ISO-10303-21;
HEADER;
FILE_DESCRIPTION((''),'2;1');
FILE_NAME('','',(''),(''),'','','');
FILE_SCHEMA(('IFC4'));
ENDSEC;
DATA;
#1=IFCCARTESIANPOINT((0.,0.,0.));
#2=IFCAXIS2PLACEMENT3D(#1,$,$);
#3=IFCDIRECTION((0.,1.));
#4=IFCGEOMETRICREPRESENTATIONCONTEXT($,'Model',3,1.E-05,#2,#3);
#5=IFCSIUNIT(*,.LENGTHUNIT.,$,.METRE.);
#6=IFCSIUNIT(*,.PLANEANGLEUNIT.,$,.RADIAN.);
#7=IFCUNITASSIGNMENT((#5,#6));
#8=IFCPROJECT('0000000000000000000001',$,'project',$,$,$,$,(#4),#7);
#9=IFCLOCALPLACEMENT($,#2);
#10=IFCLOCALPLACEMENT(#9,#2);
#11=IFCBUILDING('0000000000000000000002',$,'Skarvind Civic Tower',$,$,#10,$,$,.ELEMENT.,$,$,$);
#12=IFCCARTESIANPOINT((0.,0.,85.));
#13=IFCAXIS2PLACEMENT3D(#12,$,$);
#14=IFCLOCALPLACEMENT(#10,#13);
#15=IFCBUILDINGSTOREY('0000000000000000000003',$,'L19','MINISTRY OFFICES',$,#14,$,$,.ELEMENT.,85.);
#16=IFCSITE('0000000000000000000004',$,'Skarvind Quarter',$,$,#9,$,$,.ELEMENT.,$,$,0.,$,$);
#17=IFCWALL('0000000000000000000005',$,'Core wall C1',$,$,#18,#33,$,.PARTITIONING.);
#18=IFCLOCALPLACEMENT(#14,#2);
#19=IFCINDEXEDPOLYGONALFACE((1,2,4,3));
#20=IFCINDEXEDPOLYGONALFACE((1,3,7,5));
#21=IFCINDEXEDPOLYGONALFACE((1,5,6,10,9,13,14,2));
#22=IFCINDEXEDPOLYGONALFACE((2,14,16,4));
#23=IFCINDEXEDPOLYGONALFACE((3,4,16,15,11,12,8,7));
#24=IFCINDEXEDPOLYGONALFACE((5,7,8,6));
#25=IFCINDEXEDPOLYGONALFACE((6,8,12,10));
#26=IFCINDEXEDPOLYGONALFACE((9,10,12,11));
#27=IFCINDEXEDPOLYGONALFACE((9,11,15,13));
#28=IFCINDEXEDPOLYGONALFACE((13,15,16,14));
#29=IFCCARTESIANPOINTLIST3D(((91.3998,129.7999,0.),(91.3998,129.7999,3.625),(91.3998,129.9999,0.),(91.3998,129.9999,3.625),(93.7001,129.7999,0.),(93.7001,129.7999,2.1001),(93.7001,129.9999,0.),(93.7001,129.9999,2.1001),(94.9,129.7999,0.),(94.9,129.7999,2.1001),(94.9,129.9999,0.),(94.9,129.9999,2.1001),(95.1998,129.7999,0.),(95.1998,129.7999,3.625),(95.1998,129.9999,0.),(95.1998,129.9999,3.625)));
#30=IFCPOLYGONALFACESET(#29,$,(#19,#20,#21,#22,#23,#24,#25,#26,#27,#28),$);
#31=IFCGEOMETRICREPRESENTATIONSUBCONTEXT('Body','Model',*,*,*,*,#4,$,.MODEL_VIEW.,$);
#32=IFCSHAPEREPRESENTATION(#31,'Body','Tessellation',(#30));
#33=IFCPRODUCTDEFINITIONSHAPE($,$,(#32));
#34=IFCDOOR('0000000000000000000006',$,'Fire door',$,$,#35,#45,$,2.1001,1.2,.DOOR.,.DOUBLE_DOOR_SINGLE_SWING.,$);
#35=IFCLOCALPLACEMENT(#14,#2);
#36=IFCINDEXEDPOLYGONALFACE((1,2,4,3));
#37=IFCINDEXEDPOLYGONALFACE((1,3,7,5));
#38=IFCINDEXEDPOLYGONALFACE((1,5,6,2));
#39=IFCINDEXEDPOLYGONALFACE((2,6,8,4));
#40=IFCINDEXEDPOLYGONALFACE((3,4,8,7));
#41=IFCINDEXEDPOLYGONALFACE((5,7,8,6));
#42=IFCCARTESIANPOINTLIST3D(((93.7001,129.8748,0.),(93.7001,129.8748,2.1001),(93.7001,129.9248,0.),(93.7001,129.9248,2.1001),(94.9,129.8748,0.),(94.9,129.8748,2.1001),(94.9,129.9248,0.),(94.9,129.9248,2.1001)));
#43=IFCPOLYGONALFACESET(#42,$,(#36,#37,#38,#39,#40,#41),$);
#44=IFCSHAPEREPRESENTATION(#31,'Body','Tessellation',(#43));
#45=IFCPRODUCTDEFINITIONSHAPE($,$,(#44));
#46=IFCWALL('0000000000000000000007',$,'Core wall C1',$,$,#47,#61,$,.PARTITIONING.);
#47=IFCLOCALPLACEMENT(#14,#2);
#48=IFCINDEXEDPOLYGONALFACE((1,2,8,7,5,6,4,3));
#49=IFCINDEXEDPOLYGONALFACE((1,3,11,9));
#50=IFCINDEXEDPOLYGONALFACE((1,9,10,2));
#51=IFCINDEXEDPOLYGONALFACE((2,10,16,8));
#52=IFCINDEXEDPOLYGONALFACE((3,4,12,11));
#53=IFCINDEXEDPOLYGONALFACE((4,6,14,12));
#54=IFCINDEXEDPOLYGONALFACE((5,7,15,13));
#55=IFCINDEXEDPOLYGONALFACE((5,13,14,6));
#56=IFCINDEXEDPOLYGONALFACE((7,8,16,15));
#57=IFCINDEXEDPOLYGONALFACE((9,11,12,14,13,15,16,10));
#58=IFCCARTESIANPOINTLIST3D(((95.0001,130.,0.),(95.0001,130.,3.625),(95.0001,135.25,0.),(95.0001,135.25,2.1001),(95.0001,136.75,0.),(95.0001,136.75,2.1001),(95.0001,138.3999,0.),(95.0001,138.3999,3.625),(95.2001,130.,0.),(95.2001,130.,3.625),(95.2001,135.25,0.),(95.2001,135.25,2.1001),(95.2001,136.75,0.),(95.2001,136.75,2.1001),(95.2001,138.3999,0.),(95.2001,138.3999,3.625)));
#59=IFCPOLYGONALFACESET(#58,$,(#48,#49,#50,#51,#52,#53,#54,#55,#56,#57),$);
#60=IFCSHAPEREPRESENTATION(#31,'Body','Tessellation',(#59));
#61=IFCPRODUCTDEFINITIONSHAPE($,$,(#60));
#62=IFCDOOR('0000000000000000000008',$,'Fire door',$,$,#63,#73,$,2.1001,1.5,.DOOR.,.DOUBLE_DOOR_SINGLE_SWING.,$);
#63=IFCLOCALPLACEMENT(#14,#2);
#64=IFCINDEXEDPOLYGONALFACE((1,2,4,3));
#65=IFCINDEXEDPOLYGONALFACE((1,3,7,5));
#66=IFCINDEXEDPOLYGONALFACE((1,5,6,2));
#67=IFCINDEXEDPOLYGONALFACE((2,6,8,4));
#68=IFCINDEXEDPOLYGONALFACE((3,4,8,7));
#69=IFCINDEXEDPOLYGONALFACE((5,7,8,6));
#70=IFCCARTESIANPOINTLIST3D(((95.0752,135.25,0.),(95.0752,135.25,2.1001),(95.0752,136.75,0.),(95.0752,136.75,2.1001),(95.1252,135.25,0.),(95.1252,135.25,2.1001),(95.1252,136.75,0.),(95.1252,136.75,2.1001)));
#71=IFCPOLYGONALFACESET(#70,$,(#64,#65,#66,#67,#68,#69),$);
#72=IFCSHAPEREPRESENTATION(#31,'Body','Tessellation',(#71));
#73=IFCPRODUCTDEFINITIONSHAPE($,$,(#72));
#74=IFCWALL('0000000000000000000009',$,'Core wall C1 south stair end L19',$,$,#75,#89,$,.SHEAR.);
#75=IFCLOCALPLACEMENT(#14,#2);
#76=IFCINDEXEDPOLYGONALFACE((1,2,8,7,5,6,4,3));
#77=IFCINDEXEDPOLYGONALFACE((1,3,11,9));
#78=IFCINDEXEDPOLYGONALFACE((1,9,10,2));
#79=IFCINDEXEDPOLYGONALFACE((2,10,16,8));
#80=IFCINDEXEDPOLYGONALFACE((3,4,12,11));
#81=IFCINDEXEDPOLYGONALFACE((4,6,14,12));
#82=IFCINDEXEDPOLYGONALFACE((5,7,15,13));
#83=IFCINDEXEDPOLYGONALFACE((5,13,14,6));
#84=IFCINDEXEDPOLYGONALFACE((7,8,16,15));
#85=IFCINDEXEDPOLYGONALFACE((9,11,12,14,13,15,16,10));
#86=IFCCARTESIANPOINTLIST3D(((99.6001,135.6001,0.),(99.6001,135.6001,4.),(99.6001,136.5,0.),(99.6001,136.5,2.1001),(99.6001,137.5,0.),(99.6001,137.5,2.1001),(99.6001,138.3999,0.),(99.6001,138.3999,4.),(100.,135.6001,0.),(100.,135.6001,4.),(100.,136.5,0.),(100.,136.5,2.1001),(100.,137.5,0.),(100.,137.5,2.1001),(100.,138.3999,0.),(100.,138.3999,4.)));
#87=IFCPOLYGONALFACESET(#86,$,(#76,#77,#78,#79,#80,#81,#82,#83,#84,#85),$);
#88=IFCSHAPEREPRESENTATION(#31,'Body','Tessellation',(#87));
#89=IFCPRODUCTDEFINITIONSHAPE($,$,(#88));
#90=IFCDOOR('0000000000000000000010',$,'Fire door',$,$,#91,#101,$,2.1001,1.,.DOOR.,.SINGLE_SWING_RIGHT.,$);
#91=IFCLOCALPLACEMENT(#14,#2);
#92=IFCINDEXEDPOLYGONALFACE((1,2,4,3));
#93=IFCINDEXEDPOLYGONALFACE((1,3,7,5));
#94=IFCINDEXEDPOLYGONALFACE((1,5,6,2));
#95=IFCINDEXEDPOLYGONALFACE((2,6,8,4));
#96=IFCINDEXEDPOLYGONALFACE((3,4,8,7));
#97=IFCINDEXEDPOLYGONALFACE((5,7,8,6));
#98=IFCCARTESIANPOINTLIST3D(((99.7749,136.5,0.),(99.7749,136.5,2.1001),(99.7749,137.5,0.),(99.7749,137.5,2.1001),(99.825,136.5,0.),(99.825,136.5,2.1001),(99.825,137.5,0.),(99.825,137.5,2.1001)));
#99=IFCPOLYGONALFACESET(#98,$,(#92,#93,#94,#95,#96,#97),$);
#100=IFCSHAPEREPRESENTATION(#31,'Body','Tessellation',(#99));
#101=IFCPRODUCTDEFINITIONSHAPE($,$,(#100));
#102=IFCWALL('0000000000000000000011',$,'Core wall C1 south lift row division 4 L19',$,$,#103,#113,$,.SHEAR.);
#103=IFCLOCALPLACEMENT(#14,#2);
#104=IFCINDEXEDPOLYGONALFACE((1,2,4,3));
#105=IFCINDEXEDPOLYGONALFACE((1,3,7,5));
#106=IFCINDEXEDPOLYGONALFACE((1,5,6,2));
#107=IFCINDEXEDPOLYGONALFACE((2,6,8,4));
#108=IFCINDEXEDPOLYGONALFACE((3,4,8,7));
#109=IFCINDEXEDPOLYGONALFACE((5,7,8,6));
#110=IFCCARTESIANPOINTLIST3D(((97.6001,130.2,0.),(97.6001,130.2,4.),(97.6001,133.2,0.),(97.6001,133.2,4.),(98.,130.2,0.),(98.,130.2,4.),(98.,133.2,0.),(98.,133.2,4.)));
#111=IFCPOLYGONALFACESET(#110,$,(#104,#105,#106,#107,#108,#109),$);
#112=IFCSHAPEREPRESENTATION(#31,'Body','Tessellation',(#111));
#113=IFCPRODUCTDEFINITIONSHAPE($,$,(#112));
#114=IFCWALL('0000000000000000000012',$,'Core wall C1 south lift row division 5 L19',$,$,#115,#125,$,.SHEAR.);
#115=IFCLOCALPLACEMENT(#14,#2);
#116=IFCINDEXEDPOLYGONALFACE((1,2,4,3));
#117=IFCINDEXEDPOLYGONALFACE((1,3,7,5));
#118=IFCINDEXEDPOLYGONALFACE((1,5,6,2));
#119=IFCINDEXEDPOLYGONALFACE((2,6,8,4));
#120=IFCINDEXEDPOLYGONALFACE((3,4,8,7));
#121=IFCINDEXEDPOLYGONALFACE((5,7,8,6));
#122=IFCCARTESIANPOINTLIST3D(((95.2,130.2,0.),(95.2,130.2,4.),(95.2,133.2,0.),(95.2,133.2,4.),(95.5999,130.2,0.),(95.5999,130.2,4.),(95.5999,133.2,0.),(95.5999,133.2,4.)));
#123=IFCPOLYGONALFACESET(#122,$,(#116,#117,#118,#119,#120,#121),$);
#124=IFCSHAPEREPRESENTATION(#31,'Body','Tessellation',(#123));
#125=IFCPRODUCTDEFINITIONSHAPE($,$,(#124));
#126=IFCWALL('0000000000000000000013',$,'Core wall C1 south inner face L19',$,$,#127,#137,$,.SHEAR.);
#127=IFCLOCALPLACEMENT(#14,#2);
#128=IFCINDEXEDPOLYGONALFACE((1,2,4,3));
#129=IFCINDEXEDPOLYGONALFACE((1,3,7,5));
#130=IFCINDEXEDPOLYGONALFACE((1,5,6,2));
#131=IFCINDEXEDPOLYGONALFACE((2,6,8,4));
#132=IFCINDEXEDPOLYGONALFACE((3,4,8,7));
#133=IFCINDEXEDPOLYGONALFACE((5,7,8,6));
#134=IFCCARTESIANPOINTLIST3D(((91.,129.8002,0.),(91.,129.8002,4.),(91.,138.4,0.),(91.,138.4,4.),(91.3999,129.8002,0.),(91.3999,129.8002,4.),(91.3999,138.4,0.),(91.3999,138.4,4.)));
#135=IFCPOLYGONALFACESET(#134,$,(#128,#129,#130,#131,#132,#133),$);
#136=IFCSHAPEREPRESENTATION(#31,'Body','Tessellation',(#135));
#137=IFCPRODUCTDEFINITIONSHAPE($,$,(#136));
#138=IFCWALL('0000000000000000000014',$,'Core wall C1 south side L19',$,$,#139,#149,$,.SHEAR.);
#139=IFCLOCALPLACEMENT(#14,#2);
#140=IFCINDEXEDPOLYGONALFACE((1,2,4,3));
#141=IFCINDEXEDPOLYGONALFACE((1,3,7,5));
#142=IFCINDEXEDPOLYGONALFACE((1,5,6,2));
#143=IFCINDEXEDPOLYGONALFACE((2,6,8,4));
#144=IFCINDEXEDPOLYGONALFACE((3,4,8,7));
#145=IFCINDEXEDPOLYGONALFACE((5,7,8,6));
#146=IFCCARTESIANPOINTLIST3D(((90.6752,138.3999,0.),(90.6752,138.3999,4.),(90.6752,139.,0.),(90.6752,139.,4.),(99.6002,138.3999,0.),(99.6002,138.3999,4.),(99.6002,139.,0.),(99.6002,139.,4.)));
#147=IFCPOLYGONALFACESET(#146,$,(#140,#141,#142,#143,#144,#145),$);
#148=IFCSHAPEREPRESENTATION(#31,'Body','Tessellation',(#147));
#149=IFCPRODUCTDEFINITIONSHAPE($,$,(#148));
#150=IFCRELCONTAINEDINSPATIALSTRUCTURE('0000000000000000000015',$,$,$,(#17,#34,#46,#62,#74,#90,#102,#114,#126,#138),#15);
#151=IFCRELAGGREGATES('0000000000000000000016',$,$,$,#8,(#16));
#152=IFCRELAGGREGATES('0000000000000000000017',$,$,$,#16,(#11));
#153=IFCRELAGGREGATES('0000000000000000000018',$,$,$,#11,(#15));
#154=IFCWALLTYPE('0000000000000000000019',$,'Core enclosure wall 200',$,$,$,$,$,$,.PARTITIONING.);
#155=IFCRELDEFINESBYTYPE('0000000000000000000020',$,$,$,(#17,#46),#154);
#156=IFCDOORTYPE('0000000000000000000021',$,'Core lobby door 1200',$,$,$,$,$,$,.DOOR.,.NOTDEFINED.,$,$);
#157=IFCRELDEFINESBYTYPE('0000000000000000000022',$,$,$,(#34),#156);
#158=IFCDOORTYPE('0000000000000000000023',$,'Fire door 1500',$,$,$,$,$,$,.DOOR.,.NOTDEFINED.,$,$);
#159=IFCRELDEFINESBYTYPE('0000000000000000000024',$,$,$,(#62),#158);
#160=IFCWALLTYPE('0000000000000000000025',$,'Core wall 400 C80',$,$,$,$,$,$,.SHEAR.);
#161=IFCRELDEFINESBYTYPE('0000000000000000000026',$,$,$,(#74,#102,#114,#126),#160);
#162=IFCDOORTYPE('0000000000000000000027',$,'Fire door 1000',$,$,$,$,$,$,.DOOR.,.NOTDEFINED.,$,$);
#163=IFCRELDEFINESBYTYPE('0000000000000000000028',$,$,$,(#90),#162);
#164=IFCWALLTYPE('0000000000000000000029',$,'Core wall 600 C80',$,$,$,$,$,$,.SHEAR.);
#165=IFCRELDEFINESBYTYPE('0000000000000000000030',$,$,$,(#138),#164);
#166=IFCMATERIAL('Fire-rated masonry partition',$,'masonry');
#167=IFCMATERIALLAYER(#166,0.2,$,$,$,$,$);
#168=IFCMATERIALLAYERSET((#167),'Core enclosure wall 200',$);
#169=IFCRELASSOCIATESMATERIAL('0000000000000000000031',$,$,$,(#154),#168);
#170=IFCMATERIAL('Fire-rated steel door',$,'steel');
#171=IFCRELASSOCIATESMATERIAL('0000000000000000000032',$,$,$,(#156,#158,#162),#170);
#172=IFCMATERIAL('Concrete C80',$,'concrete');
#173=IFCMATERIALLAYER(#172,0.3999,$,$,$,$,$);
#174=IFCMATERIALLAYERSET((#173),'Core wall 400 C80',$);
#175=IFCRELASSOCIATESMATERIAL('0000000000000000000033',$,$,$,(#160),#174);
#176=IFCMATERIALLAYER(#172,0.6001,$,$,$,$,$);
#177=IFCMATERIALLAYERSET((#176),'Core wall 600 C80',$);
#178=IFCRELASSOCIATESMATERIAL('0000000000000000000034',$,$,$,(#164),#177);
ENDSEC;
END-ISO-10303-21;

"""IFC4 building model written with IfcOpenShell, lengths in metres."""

from ifc_helpers import new_model, si_unit, direction, frame, frame_2d, origin, place, context, subcontext, project, spatial, rectangle, extrude, material, layer, layer_set, type_object, element, fill, save


model = new_model("IFC4")

# Units and contexts
model_context = context("Model", 3, precision=1e-05, world=origin(), true_north=direction((0.0, 1.0)))
body_context = subcontext(model_context, "Body", "Model", "MODEL_VIEW")
ifc_project = project(units=[si_unit("LENGTHUNIT", "METRE"), si_unit("PLANEANGLEUNIT", "RADIAN")], contexts=[model_context])

# Site, building, storey
site_placement = place(None, origin())
site = spatial("IfcSite", under=ifc_project, at=site_placement, Name="Skarvind Quarter", CompositionType="ELEMENT", RefElevation=0.0)
building_placement = place(site_placement, origin())
building = spatial("IfcBuilding", under=site, at=building_placement, Name="Skarvind Civic Tower", CompositionType="ELEMENT")
storey_placement = place(building_placement, frame((0.0, 0.0, 85.0)))
storey = spatial("IfcBuildingStorey", under=building, at=storey_placement, Name="L19", Description="MINISTRY OFFICES", CompositionType="ELEMENT", Elevation=85.0)

# Walls, openings, doors
ifc_material_1 = material(Name="Fire-rated masonry partition", Category="masonry")
ifc_layer_1 = layer(ifc_material_1, 0.2)
ifc_layer_set_1 = layer_set([ifc_layer_1], Name="Core enclosure wall 200")
wall_type_1 = type_object("IfcWallType", Name="Core enclosure wall 200", PredefinedType="PARTITIONING", material=ifc_layer_set_1)
wall_1_placement = place(storey_placement, frame((91.3999, 129.8999, 0.0), z_axis=(0.0, 0.0, 1.0), x_axis=(1.0, 0.0, 0.0)))
wall_1 = element("IfcWall", 1, at=wall_1_placement, inside=storey, type_object=wall_type_1, Name="Core wall C1", PredefinedType="PARTITIONING", context=body_context, shape_type="SweptSolid", body=[
    extrude(rectangle(XDim=3.8, YDim=0.2, at=frame_2d((1.8999, 0.0))), origin(), (0.0, 0.0, 1.0), 3.625),
])
opening_1_placement = place(wall_1_placement, frame((2.3, 0.0, 0.0)))
opening_1 = element("IfcOpeningElement", 2, at=opening_1_placement, cuts=wall_1, PredefinedType="OPENING", context=body_context, shape_type="SweptSolid", body=[
    extrude(rectangle(XDim=1.2, YDim=2.1001, at=frame_2d((0.6001, 1.05))), frame((0.0, 0.1099, 0.0), z_axis=(0.0, -1.0, 0.0), x_axis=(1.0, 0.0, 0.0)), (0.0, 0.0, 1.0), 0.22),
])
ifc_material_2 = material(Name="Fire-rated steel door", Category="steel")
door_type_1 = type_object("IfcDoorType", Name="Core lobby door 1200", OperationType="NOTDEFINED", PredefinedType="DOOR", material=ifc_material_2)
door_1_placement = place(opening_1_placement, origin())
door_1 = element("IfcDoor", 3, at=door_1_placement, inside=storey, type_object=door_type_1, Name="Fire door", OperationType="DOUBLE_DOOR_SINGLE_SWING", OverallHeight=2.1001, OverallWidth=1.2, PredefinedType="DOOR", context=body_context, shape_type="SweptSolid", body=[
    extrude(rectangle(XDim=1.2, YDim=2.1001, at=frame_2d((0.6001, 1.05))), frame((0.0, 0.0249, 0.0), z_axis=(0.0, -1.0, 0.0), x_axis=(1.0, 0.0, 0.0)), (0.0, 0.0, 1.0), 0.05),
])
fill(opening_1, door_1)
wall_2_placement = place(storey_placement, frame((95.1001, 130.0, 0.0), z_axis=(0.0, 0.0, 1.0), x_axis=(0.0, 1.0, 0.0)))
wall_2 = element("IfcWall", 4, at=wall_2_placement, inside=storey, type_object=wall_type_1, Name="Core wall C1", PredefinedType="PARTITIONING", context=body_context, shape_type="SweptSolid", body=[
    extrude(rectangle(XDim=8.3999, YDim=0.2, at=frame_2d((4.2, 0.0))), origin(), (0.0, 0.0, 1.0), 3.625),
])
opening_2_placement = place(wall_2_placement, frame((5.25, 0.0, 0.0)))
opening_2 = element("IfcOpeningElement", 5, at=opening_2_placement, cuts=wall_2, PredefinedType="OPENING", context=body_context, shape_type="SweptSolid", body=[
    extrude(rectangle(XDim=1.5, YDim=2.1001, at=frame_2d((0.75, 1.05))), frame((0.0, 0.1099, 0.0), z_axis=(0.0, -1.0, 0.0), x_axis=(1.0, 0.0, 0.0)), (0.0, 0.0, 1.0), 0.22),
])
door_type_2 = type_object("IfcDoorType", Name="Fire door 1500", OperationType="NOTDEFINED", PredefinedType="DOOR", material=ifc_material_2)
door_2_placement = place(opening_2_placement, origin())
door_2 = element("IfcDoor", 6, at=door_2_placement, inside=storey, type_object=door_type_2, Name="Fire door", OperationType="DOUBLE_DOOR_SINGLE_SWING", OverallHeight=2.1001, OverallWidth=1.5, PredefinedType="DOOR", context=body_context, shape_type="SweptSolid", body=[
    extrude(rectangle(XDim=1.5, YDim=2.1001, at=frame_2d((0.75, 1.05))), frame((0.0, 0.0249, 0.0), z_axis=(0.0, -1.0, 0.0), x_axis=(1.0, 0.0, 0.0)), (0.0, 0.0, 1.0), 0.05),
])
fill(opening_2, door_2)
ifc_material_3 = material(Name="Concrete C80", Category="concrete")
ifc_layer_2 = layer(ifc_material_3, 0.3999)
ifc_layer_set_2 = layer_set([ifc_layer_2], Name="Core wall 400 C80")
wall_type_2 = type_object("IfcWallType", Name="Core wall 400 C80", PredefinedType="SHEAR", material=ifc_layer_set_2)
wall_3_placement = place(storey_placement, frame((99.8, 138.3999, 0.0), z_axis=(0.0, 0.0, 1.0), x_axis=(0.0, -1.0, 0.0)))
wall_3 = element("IfcWall", 7, at=wall_3_placement, inside=storey, type_object=wall_type_2, Name="Core wall C1 south stair end L19", PredefinedType="SHEAR", context=body_context, shape_type="SweptSolid", body=[
    extrude(rectangle(XDim=2.7998, YDim=0.3999, at=frame_2d((1.3999, 0.0))), origin(), (0.0, 0.0, 1.0), 4.0),
])
opening_3_placement = place(wall_3_placement, frame((0.8999, 0.0, 0.0)))
opening_3 = element("IfcOpeningElement", 8, at=opening_3_placement, cuts=wall_3, PredefinedType="OPENING", context=body_context, shape_type="SweptSolid", body=[
    extrude(rectangle(XDim=1.0, YDim=2.1001, at=frame_2d((0.5, 1.05))), frame((0.0, 0.21, 0.0), z_axis=(0.0, -1.0, 0.0), x_axis=(1.0, 0.0, 0.0)), (0.0, 0.0, 1.0), 0.4199),
])
door_type_3 = type_object("IfcDoorType", Name="Fire door 1000", OperationType="NOTDEFINED", PredefinedType="DOOR", material=ifc_material_2)
door_3_placement = place(opening_3_placement, origin())
door_3 = element("IfcDoor", 9, at=door_3_placement, inside=storey, type_object=door_type_3, Name="Fire door", OperationType="SINGLE_SWING_RIGHT", OverallHeight=2.1001, OverallWidth=1.0, PredefinedType="DOOR", context=body_context, shape_type="SweptSolid", body=[
    extrude(rectangle(XDim=1.0, YDim=2.1001, at=frame_2d((0.5, 1.05))), frame((0.0, 0.0249, 0.0), z_axis=(0.0, -1.0, 0.0), x_axis=(1.0, 0.0, 0.0)), (0.0, 0.0, 1.0), 0.05),
])
fill(opening_3, door_3)

# Walls
for number, where, z_axis, x_axis, name in (
    (10, (97.8, 133.2, 0.0), (0.0, 0.0, 1.0), (0.0, -1.0, 0.0), "Core wall C1 south lift row division 4 L19"),
    (11, (95.3999, 133.2, 0.0), (0.0, 0.0, 1.0), (0.0, -1.0, 0.0), "Core wall C1 south lift row division 5 L19"),
):
    element("IfcWall", number, at=place(storey_placement, frame(where, z_axis=z_axis, x_axis=x_axis)), inside=storey, type_object=wall_type_2, Name=name, PredefinedType="SHEAR", context=body_context, shape_type="SweptSolid", body=[
        extrude(rectangle(XDim=3.0, YDim=0.3999, at=frame_2d((1.5, 0.0))), origin(), (0.0, 0.0, 1.0), 4.0),
    ])
wall_4_placement = place(storey_placement, frame((91.2, 138.3999, 0.0), z_axis=(0.0, 0.0, 1.0), x_axis=(0.0, -1.0, 0.0)))
element("IfcWall", 12, at=wall_4_placement, inside=storey, type_object=wall_type_2, Name="Core wall C1 south inner face L19", PredefinedType="SHEAR", context=body_context, shape_type="SweptSolid", body=[
    extrude(rectangle(XDim=8.5999, YDim=0.3999, at=frame_2d((4.2998, 0.0))), origin(), (0.0, 0.0, 1.0), 4.0),
])
ifc_layer_3 = layer(ifc_material_3, 0.6001)
ifc_layer_set_3 = layer_set([ifc_layer_3], Name="Core wall 600 C80")
wall_type_3 = type_object("IfcWallType", Name="Core wall 600 C80", PredefinedType="SHEAR", material=ifc_layer_set_3)
wall_5_placement = place(storey_placement, frame((99.6001, 138.7, 0.0), z_axis=(0.0, 0.0, 1.0), x_axis=(-1.0, 0.0, 0.0)))
element("IfcWall", 13, at=wall_5_placement, inside=storey, type_object=wall_type_3, Name="Core wall C1 south side L19", PredefinedType="SHEAR", context=body_context, shape_type="SweptSolid", body=[
    extrude(rectangle(XDim=8.925, YDim=0.6001, at=frame_2d((4.4624, 0.0))), origin(), (0.0, 0.0, 1.0), 4.0),
])

save(model, "model.ifc")
